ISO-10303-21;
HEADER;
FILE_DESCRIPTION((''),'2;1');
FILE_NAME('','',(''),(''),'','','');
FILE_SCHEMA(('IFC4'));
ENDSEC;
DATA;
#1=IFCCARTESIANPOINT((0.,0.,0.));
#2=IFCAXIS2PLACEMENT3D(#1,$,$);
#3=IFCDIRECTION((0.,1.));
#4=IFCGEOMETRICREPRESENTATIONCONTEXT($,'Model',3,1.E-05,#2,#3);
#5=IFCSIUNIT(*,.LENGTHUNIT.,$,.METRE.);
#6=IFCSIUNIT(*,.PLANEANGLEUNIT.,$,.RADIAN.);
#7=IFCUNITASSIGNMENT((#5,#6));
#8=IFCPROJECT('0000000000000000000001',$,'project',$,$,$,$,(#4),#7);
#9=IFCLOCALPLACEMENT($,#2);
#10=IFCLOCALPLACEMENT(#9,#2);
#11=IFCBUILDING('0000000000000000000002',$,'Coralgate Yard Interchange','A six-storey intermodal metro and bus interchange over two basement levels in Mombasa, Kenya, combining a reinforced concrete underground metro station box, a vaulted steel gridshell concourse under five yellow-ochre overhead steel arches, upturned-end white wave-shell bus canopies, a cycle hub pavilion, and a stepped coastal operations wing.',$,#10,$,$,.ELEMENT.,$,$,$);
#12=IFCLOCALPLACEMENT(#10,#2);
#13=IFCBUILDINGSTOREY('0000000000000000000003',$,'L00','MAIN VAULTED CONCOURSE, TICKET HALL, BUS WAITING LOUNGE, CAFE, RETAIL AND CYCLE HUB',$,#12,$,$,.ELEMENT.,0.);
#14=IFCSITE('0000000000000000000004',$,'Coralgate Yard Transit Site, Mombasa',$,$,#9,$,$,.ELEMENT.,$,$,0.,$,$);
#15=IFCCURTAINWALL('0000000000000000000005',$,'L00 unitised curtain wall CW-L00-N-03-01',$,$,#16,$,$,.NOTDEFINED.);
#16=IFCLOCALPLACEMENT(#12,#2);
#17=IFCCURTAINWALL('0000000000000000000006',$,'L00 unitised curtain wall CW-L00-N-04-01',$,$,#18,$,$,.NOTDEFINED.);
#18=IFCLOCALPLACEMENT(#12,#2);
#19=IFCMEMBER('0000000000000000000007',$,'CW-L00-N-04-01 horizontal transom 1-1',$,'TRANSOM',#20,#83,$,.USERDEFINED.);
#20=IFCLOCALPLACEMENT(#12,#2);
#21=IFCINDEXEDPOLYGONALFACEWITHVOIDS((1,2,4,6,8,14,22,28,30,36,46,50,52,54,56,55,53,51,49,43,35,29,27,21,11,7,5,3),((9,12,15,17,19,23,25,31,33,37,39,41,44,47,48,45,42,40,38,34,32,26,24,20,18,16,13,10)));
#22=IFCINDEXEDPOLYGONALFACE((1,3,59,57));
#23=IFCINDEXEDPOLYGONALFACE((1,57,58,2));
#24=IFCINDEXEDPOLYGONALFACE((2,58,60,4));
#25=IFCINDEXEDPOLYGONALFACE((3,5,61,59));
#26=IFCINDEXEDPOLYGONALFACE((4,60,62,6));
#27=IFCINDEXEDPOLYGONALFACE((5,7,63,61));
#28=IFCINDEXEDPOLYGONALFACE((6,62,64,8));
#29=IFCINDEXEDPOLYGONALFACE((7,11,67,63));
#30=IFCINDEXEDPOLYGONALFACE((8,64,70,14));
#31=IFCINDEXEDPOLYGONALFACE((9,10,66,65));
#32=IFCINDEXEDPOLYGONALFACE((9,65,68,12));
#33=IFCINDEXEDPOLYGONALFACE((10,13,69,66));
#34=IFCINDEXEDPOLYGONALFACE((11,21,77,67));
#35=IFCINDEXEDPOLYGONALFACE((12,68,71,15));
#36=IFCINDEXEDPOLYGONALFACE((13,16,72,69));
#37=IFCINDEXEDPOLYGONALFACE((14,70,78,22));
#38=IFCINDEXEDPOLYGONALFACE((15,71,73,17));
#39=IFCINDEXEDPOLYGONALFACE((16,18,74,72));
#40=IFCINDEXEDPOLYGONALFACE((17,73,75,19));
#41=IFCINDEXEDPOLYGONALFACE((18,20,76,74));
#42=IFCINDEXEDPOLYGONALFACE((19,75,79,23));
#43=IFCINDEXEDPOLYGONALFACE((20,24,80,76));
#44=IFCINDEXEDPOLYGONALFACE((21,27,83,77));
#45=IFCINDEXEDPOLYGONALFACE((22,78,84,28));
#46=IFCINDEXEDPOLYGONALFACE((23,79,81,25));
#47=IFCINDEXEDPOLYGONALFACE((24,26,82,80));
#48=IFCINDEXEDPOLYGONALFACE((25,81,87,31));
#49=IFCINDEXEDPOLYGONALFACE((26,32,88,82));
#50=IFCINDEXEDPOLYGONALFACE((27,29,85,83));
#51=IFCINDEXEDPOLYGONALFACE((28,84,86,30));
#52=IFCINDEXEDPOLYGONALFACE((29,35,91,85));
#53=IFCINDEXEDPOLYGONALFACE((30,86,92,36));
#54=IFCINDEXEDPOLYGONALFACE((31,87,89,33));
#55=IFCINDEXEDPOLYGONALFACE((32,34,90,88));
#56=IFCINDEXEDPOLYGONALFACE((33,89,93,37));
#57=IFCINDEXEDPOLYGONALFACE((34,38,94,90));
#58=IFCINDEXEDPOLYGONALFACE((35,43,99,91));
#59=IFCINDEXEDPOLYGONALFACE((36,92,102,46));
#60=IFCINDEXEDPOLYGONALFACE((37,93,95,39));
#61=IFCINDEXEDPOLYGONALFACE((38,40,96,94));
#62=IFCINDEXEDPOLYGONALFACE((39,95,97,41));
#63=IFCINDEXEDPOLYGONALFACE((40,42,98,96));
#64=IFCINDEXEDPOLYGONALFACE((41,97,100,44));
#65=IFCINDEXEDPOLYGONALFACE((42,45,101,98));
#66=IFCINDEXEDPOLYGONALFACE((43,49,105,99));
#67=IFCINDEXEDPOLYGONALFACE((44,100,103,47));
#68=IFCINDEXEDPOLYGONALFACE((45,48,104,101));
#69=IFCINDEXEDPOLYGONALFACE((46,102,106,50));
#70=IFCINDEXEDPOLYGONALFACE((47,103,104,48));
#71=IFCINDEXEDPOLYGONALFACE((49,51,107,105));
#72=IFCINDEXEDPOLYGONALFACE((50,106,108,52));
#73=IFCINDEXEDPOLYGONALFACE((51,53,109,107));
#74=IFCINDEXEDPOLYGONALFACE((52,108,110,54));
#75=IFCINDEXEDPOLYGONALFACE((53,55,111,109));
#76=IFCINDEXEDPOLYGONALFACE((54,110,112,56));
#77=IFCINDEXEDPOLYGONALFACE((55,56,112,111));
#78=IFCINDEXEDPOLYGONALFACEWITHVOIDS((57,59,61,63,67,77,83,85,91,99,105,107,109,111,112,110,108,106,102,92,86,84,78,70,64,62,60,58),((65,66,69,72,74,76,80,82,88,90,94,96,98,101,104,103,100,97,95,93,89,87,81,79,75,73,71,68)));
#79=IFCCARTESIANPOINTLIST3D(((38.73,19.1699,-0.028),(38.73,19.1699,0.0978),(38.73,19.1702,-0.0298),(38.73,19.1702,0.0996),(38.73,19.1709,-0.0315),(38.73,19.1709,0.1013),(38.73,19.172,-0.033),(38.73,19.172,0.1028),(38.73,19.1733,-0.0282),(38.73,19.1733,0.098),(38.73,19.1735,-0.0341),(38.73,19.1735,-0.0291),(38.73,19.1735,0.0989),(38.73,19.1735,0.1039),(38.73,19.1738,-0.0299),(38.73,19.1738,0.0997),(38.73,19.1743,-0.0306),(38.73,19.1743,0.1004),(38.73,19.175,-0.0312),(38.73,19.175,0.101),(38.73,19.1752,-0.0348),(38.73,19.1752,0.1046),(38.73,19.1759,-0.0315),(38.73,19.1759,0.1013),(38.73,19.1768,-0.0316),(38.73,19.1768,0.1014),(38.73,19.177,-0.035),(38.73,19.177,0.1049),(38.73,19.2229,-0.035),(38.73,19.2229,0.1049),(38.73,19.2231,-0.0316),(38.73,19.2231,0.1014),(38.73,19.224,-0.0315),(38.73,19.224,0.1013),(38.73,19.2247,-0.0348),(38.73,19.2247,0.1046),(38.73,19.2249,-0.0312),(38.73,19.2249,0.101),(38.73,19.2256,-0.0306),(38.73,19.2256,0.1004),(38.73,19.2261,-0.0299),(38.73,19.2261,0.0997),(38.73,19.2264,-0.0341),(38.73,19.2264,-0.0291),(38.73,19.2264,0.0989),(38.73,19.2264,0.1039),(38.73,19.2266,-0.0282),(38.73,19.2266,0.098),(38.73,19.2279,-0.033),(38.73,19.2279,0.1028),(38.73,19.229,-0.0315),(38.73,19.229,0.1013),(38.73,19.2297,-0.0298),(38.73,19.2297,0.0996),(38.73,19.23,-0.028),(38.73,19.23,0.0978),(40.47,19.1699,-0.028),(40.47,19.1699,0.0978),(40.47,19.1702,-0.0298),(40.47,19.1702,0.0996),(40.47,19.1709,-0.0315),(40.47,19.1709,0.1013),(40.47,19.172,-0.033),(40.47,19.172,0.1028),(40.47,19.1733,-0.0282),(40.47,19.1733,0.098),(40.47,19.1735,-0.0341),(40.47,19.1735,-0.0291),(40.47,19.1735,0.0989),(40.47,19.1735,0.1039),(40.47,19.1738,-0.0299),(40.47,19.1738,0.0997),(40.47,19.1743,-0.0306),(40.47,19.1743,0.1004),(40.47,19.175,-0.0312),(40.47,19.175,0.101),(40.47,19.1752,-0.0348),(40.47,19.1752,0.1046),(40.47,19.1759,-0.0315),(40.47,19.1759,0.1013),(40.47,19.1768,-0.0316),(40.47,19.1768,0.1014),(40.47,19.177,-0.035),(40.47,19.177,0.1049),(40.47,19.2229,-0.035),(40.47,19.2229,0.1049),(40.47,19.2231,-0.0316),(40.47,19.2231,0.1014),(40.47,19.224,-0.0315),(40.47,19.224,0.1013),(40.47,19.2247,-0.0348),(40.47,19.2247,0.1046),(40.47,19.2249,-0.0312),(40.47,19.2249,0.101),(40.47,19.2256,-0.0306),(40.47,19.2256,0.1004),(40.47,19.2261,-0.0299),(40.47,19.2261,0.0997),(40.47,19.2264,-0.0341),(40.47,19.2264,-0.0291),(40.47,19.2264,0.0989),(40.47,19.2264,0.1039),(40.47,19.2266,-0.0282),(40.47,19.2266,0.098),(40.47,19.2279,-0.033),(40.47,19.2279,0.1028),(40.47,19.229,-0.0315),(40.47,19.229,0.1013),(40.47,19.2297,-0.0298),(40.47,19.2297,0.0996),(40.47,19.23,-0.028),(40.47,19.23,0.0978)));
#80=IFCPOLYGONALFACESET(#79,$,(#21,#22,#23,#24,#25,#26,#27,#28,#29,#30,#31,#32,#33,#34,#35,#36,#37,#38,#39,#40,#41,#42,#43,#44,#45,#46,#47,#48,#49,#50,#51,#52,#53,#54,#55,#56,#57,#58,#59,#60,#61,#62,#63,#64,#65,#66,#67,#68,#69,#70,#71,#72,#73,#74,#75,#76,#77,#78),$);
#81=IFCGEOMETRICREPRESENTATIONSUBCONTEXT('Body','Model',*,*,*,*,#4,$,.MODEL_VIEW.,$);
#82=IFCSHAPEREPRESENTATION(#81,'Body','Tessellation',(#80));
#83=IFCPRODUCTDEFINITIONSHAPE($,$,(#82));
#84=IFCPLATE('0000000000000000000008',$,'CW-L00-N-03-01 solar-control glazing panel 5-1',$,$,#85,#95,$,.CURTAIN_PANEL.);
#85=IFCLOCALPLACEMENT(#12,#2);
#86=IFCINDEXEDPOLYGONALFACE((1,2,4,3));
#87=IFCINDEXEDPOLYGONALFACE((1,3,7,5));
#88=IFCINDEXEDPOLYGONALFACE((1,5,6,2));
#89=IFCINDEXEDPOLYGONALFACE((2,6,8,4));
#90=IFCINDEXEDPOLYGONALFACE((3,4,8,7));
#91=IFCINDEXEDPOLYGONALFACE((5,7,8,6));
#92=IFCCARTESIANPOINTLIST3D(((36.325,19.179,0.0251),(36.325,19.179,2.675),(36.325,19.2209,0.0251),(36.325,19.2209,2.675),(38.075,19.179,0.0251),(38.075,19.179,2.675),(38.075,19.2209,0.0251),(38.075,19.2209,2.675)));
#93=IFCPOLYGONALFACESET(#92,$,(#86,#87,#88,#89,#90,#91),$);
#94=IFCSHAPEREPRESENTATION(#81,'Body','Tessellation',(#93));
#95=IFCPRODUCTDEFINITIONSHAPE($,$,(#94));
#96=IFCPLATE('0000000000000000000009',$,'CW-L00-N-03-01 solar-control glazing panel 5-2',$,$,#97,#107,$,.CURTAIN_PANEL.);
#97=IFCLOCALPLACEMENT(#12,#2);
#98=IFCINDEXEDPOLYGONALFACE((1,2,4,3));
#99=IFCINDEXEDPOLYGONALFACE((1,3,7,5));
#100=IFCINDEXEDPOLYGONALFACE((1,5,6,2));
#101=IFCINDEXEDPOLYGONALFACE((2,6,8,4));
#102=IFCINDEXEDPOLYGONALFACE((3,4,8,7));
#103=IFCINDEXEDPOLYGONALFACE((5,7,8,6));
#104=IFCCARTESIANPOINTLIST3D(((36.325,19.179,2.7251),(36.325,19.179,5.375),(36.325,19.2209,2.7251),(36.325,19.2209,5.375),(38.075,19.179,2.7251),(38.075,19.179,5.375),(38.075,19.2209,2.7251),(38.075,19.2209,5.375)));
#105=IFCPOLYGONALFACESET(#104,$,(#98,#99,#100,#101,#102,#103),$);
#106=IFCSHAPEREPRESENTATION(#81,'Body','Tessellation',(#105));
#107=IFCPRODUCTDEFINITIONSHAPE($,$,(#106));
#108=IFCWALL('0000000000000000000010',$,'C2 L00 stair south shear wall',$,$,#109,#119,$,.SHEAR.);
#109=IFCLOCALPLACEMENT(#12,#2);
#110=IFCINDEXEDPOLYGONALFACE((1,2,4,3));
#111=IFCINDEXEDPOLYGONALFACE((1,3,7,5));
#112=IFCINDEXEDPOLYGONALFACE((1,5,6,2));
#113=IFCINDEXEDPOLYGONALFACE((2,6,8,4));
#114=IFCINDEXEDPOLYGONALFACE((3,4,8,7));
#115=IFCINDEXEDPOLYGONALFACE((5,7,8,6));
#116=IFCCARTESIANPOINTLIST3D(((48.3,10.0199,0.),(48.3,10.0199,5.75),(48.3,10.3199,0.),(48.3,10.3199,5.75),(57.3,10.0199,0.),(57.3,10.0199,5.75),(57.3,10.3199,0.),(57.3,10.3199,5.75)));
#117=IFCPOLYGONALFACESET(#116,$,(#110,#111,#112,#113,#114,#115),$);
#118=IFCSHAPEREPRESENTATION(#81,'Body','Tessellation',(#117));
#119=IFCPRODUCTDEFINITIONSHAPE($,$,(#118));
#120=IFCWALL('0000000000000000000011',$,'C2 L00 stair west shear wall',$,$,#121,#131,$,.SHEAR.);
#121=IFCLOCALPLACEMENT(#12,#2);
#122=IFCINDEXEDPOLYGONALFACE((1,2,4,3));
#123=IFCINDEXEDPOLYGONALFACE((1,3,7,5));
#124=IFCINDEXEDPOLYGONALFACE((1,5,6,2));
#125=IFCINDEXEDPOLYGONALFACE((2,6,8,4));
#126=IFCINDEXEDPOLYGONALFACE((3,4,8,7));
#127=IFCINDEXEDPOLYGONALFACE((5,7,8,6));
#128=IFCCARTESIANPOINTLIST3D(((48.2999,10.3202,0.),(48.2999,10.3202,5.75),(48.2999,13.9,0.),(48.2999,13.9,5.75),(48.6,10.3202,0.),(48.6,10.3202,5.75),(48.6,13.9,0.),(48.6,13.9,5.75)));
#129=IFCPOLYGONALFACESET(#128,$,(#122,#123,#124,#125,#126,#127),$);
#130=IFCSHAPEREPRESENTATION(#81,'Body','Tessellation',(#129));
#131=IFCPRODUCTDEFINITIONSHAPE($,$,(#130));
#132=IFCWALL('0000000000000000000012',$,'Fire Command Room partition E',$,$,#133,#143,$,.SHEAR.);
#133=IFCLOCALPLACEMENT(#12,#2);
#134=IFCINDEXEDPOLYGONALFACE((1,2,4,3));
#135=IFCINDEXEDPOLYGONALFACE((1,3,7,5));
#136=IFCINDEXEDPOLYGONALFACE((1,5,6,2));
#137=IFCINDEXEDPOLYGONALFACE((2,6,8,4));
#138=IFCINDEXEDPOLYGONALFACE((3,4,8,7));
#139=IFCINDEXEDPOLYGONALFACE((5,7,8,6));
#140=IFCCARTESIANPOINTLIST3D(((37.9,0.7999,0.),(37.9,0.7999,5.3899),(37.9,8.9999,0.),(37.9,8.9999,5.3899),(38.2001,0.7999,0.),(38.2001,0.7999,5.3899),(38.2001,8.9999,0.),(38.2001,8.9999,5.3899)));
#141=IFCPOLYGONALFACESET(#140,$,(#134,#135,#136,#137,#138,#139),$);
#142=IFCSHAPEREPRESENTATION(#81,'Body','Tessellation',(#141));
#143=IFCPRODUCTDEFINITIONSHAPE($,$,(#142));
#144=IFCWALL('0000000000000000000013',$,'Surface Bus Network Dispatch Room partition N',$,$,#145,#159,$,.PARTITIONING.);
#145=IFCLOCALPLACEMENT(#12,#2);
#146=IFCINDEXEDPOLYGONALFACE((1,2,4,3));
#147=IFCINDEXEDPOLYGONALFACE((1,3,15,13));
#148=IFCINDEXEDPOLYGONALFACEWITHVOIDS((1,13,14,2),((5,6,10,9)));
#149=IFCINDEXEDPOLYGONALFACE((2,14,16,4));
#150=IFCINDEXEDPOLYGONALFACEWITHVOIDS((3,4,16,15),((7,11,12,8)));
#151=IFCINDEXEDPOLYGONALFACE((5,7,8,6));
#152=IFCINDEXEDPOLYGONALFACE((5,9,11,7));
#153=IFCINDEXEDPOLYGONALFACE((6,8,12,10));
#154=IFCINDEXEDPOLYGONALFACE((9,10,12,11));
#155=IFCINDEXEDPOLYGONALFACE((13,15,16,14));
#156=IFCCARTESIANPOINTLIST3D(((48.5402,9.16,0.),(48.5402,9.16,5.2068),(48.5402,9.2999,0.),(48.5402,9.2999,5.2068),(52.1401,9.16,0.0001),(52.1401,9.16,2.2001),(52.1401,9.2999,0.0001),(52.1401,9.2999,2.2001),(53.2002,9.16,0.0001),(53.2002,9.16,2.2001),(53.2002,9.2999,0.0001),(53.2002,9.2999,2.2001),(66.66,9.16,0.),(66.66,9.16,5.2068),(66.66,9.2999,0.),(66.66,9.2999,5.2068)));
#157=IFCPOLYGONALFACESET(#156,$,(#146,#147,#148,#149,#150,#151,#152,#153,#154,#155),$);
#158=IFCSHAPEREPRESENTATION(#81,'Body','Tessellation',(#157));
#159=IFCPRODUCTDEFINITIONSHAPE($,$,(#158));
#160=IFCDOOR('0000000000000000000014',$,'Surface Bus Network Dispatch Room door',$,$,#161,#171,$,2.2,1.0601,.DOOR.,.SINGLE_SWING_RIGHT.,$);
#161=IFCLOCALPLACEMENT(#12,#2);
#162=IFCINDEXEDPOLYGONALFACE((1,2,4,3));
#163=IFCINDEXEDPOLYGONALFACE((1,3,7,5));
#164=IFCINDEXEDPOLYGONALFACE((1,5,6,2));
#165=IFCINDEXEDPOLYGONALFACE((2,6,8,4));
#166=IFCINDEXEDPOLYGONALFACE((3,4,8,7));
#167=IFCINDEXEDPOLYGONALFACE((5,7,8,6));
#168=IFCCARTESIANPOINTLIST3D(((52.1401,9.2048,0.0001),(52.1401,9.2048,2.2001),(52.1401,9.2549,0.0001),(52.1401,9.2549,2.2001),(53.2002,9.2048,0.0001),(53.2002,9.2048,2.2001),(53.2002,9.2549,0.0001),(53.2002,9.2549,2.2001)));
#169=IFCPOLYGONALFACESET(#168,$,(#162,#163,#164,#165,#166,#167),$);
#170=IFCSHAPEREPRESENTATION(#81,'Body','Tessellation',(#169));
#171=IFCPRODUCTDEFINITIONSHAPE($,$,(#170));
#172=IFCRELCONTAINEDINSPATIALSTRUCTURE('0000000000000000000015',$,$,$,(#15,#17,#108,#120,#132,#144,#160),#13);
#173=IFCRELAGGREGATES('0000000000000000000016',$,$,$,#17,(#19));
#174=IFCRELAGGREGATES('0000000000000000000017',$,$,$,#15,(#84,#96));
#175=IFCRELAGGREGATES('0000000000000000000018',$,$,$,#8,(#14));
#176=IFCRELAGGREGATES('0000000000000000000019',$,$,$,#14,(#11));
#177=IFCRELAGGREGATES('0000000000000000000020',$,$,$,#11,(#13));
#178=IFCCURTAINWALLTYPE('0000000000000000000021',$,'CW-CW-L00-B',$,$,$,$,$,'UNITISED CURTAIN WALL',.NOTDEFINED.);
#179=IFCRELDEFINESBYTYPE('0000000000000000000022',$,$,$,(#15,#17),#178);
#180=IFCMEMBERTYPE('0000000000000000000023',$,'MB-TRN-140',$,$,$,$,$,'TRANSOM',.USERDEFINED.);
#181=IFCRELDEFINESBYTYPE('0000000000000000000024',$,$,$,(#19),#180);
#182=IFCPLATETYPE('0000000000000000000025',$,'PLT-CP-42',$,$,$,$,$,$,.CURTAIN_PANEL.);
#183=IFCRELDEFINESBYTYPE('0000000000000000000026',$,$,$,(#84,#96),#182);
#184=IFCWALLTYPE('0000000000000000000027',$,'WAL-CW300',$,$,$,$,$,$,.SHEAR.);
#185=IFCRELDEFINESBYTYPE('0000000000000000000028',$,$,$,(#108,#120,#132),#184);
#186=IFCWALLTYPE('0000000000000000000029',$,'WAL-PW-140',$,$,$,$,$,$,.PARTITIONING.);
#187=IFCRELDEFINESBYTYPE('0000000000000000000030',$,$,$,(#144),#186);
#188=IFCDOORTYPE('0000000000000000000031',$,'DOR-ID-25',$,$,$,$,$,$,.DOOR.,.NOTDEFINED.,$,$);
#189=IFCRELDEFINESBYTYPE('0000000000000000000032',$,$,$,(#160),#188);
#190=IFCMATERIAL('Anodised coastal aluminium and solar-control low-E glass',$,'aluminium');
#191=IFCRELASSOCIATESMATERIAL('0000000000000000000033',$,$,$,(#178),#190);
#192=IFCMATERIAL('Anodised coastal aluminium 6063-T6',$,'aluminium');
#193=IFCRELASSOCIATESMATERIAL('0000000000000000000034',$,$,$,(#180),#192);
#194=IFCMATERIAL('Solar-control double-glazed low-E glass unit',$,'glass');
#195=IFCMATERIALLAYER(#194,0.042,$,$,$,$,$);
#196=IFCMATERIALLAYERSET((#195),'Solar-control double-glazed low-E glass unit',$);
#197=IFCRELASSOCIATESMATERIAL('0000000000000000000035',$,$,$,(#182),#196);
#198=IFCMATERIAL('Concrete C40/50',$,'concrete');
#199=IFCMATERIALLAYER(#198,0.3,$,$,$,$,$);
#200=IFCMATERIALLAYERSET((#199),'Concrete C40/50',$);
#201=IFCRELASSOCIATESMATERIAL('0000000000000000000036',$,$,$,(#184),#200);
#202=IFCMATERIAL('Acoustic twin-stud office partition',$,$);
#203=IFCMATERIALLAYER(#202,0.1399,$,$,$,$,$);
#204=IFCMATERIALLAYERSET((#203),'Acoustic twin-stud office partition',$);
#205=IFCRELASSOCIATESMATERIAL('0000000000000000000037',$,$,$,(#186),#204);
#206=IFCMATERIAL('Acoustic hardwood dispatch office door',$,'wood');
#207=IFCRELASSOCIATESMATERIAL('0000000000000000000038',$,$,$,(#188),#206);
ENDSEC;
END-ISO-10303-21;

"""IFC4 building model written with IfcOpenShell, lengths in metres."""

from ifc_helpers import new_model, si_unit, direction, frame, frame_2d, origin, origin_2d, place, context, subcontext, project, spatial, rectangle, hollow_rectangle, extrude, material, layer, layer_set, material_profile, profile_set, type_object, element, fill, aggregate, save


model = new_model("IFC4")

# Units and contexts
model_context = context("Model", 3, precision=1e-05, world=origin(), true_north=direction((0.0, 1.0)))
body_context = subcontext(model_context, "Body", "Model", "MODEL_VIEW")
ifc_project = project(units=[si_unit("LENGTHUNIT", "METRE"), si_unit("PLANEANGLEUNIT", "RADIAN")], contexts=[model_context])

# Site, building, storey
site_placement = place(None, origin())
site = spatial("IfcSite", under=ifc_project, at=site_placement, Name="Coralgate Yard Transit Site, Mombasa", CompositionType="ELEMENT", RefElevation=0.0)
building_placement = place(site_placement, origin())
building = spatial("IfcBuilding", under=site, at=building_placement, Name="Coralgate Yard Interchange", Description="A six-storey intermodal metro and bus interchange over two basement levels in Mombasa, Kenya, combining a reinforced concrete underground metro station box, a vaulted steel gridshell concourse under five yellow-ochre overhead steel arches, upturned-end white wave-shell bus canopies, a cycle hub pavilion, and a stepped coastal operations wing.", CompositionType="ELEMENT")
storey_placement = place(building_placement, origin())
storey = spatial("IfcBuildingStorey", under=building, at=storey_placement, Name="L00", Description="MAIN VAULTED CONCOURSE, TICKET HALL, BUS WAITING LOUNGE, CAFE, RETAIL AND CYCLE HUB", CompositionType="ELEMENT", Elevation=0.0)

# Shared definitions
ifc_material_1 = material(Name="Concrete C40/50", Category="concrete")

# Curtain wall
ifc_material_2 = material(Name="Anodised coastal aluminium and solar-control low-E glass", Category="aluminium")
curtain_wall_type = type_object("IfcCurtainWallType", Name="CW-CW-L00-B", ElementType="UNITISED CURTAIN WALL", PredefinedType="NOTDEFINED", material=ifc_material_2)
curtain_wall_1_placement = place(storey_placement, origin())
curtain_wall_1 = element("IfcCurtainWall", 1, at=curtain_wall_1_placement, inside=storey, type_object=curtain_wall_type, Name="L00 unitised curtain wall CW-L00-N-03-01", PredefinedType="NOTDEFINED")
ifc_material_3 = material(Name="Anodised coastal aluminium 6063-T6", Category="aluminium")

# Curtain wall, member
curtain_wall_2_placement = place(storey_placement, origin())
curtain_wall_2 = element("IfcCurtainWall", 2, at=curtain_wall_2_placement, inside=storey, type_object=curtain_wall_type, Name="L00 unitised curtain wall CW-L00-N-04-01", PredefinedType="NOTDEFINED")
ifc_material_profile_1 = material_profile(ifc_material_3, hollow_rectangle(XDim=0.0601, YDim=0.1399, WallThickness=0.0034, InnerFilletRadius=0.0034, OuterFilletRadius=0.0071, at=origin_2d()), Name="ALU 60x140x3.5")
ifc_profile_set_1 = profile_set([ifc_material_profile_1], Name="Anodised coastal aluminium 6063-T6")
member_type_1 = type_object("IfcMemberType", Name="MB-TRN-140", ElementType="TRANSOM", PredefinedType="USERDEFINED", material=ifc_profile_set_1)
member_1_placement = place(storey_placement, frame((38.73, 19.2, 0.0349), z_axis=(1.0, 0.0, 0.0), x_axis=(0.0, 1.0, 0.0)))
member_1 = element("IfcMember", 3, at=member_1_placement, type_object=member_type_1, Name="CW-L00-N-04-01 horizontal transom 1-1", ObjectType="TRANSOM", PredefinedType="USERDEFINED", context=body_context, shape_type="SweptSolid", body=[
    extrude(hollow_rectangle(XDim=0.0601, YDim=0.1399, WallThickness=0.0034, InnerFilletRadius=0.0034, OuterFilletRadius=0.0071, at=origin_2d()), origin(), (0.0, 0.0, 1.0), 1.74),
])
aggregate(curtain_wall_2, [member_1])

# Plates
ifc_material_4 = material(Name="Solar-control double-glazed low-E glass unit", Category="glass")
ifc_layer_1 = layer(ifc_material_4, 0.042)
ifc_layer_set_1 = layer_set([ifc_layer_1], Name="Solar-control double-glazed low-E glass unit")
plate_type = type_object("IfcPlateType", Name="PLT-CP-42", PredefinedType="CURTAIN_PANEL", material=ifc_layer_set_1)
plate_1_placement = place(storey_placement, frame((37.2, 19.2, 0.0251), z_axis=(0.0, 0.0, 1.0), x_axis=(1.0, 0.0, 0.0)))
plate_1 = element("IfcPlate", 4, at=plate_1_placement, type_object=plate_type, Name="CW-L00-N-03-01 solar-control glazing panel 5-1", PredefinedType="CURTAIN_PANEL", context=body_context, shape_type="SweptSolid", body=[
    extrude(rectangle(XDim=1.75, YDim=0.042, at=origin_2d()), origin(), (0.0, 0.0, 1.0), 2.6499),
])
plate_2_placement = place(storey_placement, frame((37.2, 19.2, 2.7251), z_axis=(0.0, 0.0, 1.0), x_axis=(1.0, 0.0, 0.0)))
plate_2 = element("IfcPlate", 5, at=plate_2_placement, type_object=plate_type, Name="CW-L00-N-03-01 solar-control glazing panel 5-2", PredefinedType="CURTAIN_PANEL", context=body_context, shape_type="SweptSolid", body=[
    extrude(rectangle(XDim=1.75, YDim=0.042, at=origin_2d()), origin(), (0.0, 0.0, 1.0), 2.6499),
])
aggregate(curtain_wall_1, [plate_1, plate_2])

# Walls
ifc_layer_2 = layer(ifc_material_1, 0.3)
ifc_layer_set_2 = layer_set([ifc_layer_2], Name="Concrete C40/50")
wall_type_1 = type_object("IfcWallType", Name="WAL-CW300", PredefinedType="SHEAR", material=ifc_layer_set_2)
wall_1_placement = place(storey_placement, frame((48.3, 10.1699, 0.0), z_axis=(0.0, 0.0, 1.0), x_axis=(1.0, 0.0, 0.0)))
element("IfcWall", 6, at=wall_1_placement, inside=storey, type_object=wall_type_1, Name="C2 L00 stair south shear wall", PredefinedType="SHEAR", context=body_context, shape_type="SweptSolid", body=[
    extrude(rectangle(XDim=9.0, YDim=0.3, at=frame_2d((4.5, 0.0))), origin(), (0.0, 0.0, 1.0), 5.75),
])
wall_2_placement = place(storey_placement, frame((48.45, 10.3201, 0.0), z_axis=(0.0, 0.0, 1.0), x_axis=(0.0, 1.0, 0.0)))
element("IfcWall", 7, at=wall_2_placement, inside=storey, type_object=wall_type_1, Name="C2 L00 stair west shear wall", PredefinedType="SHEAR", context=body_context, shape_type="SweptSolid", body=[
    extrude(rectangle(XDim=3.5798, YDim=0.3, at=frame_2d((1.79, 0.0))), origin(), (0.0, 0.0, 1.0), 5.75),
])
wall_3_placement = place(storey_placement, frame((38.05, 9.0, 0.0), z_axis=(0.0, 0.0, 1.0), x_axis=(0.0, -1.0, 0.0)))
element("IfcWall", 8, at=wall_3_placement, inside=storey, type_object=wall_type_1, Name="Fire Command Room partition E", PredefinedType="SHEAR", context=body_context, shape_type="SweptSolid", body=[
    extrude(rectangle(XDim=8.2, YDim=0.3, at=frame_2d((4.1001, 0.0))), origin(), (0.0, 0.0, 1.0), 5.3899),
])

# Wall, opening, door
ifc_material_5 = material(Name="Acoustic twin-stud office partition")
ifc_layer_3 = layer(ifc_material_5, 0.1399)
ifc_layer_set_3 = layer_set([ifc_layer_3], Name="Acoustic twin-stud office partition")
wall_type_2 = type_object("IfcWallType", Name="WAL-PW-140", PredefinedType="PARTITIONING", material=ifc_layer_set_3)
wall_4_placement = place(storey_placement, frame((48.54, 9.23, 0.0), z_axis=(0.0, 0.0, 1.0), x_axis=(1.0, 0.0, 0.0)))
wall_4 = element("IfcWall", 9, at=wall_4_placement, inside=storey, type_object=wall_type_2, Name="Surface Bus Network Dispatch Room partition N", PredefinedType="PARTITIONING", context=body_context, shape_type="SweptSolid", body=[
    extrude(rectangle(XDim=18.1199, YDim=0.1399, at=frame_2d((9.0601, 0.0))), origin(), (0.0, 0.0, 1.0), 5.2068),
])
opening_1_placement = place(wall_4_placement, frame((3.6001, 0.0, 0.0)))
opening_1 = element("IfcOpeningElement", 10, at=opening_1_placement, cuts=wall_4, PredefinedType="OPENING", context=body_context, shape_type="SweptSolid", body=[
    extrude(rectangle(XDim=1.0601, YDim=2.2, at=frame_2d((0.53, 1.1001))), frame((0.0, 0.0798, 0.0), z_axis=(0.0, -1.0, 0.0), x_axis=(1.0, 0.0, 0.0)), (0.0, 0.0, 1.0), 0.1599),
])
ifc_material_6 = material(Name="Acoustic hardwood dispatch office door", Category="wood")
door_type_1 = type_object("IfcDoorType", Name="DOR-ID-25", OperationType="NOTDEFINED", PredefinedType="DOOR", material=ifc_material_6)
door_1_placement = place(opening_1_placement, origin())
door_1 = element("IfcDoor", 11, at=door_1_placement, inside=storey, type_object=door_type_1, Name="Surface Bus Network Dispatch Room door", OperationType="SINGLE_SWING_RIGHT", OverallHeight=2.2, OverallWidth=1.0601, PredefinedType="DOOR", context=body_context, shape_type="SweptSolid", body=[
    extrude(rectangle(XDim=1.0601, YDim=2.2, at=frame_2d((0.53, 1.1001))), frame((0.0, 0.0249, 0.0), z_axis=(0.0, -1.0, 0.0), x_axis=(1.0, 0.0, 0.0)), (0.0, 0.0, 1.0), 0.05),
])
fill(opening_1, door_1)

save(model, "model.ifc")
